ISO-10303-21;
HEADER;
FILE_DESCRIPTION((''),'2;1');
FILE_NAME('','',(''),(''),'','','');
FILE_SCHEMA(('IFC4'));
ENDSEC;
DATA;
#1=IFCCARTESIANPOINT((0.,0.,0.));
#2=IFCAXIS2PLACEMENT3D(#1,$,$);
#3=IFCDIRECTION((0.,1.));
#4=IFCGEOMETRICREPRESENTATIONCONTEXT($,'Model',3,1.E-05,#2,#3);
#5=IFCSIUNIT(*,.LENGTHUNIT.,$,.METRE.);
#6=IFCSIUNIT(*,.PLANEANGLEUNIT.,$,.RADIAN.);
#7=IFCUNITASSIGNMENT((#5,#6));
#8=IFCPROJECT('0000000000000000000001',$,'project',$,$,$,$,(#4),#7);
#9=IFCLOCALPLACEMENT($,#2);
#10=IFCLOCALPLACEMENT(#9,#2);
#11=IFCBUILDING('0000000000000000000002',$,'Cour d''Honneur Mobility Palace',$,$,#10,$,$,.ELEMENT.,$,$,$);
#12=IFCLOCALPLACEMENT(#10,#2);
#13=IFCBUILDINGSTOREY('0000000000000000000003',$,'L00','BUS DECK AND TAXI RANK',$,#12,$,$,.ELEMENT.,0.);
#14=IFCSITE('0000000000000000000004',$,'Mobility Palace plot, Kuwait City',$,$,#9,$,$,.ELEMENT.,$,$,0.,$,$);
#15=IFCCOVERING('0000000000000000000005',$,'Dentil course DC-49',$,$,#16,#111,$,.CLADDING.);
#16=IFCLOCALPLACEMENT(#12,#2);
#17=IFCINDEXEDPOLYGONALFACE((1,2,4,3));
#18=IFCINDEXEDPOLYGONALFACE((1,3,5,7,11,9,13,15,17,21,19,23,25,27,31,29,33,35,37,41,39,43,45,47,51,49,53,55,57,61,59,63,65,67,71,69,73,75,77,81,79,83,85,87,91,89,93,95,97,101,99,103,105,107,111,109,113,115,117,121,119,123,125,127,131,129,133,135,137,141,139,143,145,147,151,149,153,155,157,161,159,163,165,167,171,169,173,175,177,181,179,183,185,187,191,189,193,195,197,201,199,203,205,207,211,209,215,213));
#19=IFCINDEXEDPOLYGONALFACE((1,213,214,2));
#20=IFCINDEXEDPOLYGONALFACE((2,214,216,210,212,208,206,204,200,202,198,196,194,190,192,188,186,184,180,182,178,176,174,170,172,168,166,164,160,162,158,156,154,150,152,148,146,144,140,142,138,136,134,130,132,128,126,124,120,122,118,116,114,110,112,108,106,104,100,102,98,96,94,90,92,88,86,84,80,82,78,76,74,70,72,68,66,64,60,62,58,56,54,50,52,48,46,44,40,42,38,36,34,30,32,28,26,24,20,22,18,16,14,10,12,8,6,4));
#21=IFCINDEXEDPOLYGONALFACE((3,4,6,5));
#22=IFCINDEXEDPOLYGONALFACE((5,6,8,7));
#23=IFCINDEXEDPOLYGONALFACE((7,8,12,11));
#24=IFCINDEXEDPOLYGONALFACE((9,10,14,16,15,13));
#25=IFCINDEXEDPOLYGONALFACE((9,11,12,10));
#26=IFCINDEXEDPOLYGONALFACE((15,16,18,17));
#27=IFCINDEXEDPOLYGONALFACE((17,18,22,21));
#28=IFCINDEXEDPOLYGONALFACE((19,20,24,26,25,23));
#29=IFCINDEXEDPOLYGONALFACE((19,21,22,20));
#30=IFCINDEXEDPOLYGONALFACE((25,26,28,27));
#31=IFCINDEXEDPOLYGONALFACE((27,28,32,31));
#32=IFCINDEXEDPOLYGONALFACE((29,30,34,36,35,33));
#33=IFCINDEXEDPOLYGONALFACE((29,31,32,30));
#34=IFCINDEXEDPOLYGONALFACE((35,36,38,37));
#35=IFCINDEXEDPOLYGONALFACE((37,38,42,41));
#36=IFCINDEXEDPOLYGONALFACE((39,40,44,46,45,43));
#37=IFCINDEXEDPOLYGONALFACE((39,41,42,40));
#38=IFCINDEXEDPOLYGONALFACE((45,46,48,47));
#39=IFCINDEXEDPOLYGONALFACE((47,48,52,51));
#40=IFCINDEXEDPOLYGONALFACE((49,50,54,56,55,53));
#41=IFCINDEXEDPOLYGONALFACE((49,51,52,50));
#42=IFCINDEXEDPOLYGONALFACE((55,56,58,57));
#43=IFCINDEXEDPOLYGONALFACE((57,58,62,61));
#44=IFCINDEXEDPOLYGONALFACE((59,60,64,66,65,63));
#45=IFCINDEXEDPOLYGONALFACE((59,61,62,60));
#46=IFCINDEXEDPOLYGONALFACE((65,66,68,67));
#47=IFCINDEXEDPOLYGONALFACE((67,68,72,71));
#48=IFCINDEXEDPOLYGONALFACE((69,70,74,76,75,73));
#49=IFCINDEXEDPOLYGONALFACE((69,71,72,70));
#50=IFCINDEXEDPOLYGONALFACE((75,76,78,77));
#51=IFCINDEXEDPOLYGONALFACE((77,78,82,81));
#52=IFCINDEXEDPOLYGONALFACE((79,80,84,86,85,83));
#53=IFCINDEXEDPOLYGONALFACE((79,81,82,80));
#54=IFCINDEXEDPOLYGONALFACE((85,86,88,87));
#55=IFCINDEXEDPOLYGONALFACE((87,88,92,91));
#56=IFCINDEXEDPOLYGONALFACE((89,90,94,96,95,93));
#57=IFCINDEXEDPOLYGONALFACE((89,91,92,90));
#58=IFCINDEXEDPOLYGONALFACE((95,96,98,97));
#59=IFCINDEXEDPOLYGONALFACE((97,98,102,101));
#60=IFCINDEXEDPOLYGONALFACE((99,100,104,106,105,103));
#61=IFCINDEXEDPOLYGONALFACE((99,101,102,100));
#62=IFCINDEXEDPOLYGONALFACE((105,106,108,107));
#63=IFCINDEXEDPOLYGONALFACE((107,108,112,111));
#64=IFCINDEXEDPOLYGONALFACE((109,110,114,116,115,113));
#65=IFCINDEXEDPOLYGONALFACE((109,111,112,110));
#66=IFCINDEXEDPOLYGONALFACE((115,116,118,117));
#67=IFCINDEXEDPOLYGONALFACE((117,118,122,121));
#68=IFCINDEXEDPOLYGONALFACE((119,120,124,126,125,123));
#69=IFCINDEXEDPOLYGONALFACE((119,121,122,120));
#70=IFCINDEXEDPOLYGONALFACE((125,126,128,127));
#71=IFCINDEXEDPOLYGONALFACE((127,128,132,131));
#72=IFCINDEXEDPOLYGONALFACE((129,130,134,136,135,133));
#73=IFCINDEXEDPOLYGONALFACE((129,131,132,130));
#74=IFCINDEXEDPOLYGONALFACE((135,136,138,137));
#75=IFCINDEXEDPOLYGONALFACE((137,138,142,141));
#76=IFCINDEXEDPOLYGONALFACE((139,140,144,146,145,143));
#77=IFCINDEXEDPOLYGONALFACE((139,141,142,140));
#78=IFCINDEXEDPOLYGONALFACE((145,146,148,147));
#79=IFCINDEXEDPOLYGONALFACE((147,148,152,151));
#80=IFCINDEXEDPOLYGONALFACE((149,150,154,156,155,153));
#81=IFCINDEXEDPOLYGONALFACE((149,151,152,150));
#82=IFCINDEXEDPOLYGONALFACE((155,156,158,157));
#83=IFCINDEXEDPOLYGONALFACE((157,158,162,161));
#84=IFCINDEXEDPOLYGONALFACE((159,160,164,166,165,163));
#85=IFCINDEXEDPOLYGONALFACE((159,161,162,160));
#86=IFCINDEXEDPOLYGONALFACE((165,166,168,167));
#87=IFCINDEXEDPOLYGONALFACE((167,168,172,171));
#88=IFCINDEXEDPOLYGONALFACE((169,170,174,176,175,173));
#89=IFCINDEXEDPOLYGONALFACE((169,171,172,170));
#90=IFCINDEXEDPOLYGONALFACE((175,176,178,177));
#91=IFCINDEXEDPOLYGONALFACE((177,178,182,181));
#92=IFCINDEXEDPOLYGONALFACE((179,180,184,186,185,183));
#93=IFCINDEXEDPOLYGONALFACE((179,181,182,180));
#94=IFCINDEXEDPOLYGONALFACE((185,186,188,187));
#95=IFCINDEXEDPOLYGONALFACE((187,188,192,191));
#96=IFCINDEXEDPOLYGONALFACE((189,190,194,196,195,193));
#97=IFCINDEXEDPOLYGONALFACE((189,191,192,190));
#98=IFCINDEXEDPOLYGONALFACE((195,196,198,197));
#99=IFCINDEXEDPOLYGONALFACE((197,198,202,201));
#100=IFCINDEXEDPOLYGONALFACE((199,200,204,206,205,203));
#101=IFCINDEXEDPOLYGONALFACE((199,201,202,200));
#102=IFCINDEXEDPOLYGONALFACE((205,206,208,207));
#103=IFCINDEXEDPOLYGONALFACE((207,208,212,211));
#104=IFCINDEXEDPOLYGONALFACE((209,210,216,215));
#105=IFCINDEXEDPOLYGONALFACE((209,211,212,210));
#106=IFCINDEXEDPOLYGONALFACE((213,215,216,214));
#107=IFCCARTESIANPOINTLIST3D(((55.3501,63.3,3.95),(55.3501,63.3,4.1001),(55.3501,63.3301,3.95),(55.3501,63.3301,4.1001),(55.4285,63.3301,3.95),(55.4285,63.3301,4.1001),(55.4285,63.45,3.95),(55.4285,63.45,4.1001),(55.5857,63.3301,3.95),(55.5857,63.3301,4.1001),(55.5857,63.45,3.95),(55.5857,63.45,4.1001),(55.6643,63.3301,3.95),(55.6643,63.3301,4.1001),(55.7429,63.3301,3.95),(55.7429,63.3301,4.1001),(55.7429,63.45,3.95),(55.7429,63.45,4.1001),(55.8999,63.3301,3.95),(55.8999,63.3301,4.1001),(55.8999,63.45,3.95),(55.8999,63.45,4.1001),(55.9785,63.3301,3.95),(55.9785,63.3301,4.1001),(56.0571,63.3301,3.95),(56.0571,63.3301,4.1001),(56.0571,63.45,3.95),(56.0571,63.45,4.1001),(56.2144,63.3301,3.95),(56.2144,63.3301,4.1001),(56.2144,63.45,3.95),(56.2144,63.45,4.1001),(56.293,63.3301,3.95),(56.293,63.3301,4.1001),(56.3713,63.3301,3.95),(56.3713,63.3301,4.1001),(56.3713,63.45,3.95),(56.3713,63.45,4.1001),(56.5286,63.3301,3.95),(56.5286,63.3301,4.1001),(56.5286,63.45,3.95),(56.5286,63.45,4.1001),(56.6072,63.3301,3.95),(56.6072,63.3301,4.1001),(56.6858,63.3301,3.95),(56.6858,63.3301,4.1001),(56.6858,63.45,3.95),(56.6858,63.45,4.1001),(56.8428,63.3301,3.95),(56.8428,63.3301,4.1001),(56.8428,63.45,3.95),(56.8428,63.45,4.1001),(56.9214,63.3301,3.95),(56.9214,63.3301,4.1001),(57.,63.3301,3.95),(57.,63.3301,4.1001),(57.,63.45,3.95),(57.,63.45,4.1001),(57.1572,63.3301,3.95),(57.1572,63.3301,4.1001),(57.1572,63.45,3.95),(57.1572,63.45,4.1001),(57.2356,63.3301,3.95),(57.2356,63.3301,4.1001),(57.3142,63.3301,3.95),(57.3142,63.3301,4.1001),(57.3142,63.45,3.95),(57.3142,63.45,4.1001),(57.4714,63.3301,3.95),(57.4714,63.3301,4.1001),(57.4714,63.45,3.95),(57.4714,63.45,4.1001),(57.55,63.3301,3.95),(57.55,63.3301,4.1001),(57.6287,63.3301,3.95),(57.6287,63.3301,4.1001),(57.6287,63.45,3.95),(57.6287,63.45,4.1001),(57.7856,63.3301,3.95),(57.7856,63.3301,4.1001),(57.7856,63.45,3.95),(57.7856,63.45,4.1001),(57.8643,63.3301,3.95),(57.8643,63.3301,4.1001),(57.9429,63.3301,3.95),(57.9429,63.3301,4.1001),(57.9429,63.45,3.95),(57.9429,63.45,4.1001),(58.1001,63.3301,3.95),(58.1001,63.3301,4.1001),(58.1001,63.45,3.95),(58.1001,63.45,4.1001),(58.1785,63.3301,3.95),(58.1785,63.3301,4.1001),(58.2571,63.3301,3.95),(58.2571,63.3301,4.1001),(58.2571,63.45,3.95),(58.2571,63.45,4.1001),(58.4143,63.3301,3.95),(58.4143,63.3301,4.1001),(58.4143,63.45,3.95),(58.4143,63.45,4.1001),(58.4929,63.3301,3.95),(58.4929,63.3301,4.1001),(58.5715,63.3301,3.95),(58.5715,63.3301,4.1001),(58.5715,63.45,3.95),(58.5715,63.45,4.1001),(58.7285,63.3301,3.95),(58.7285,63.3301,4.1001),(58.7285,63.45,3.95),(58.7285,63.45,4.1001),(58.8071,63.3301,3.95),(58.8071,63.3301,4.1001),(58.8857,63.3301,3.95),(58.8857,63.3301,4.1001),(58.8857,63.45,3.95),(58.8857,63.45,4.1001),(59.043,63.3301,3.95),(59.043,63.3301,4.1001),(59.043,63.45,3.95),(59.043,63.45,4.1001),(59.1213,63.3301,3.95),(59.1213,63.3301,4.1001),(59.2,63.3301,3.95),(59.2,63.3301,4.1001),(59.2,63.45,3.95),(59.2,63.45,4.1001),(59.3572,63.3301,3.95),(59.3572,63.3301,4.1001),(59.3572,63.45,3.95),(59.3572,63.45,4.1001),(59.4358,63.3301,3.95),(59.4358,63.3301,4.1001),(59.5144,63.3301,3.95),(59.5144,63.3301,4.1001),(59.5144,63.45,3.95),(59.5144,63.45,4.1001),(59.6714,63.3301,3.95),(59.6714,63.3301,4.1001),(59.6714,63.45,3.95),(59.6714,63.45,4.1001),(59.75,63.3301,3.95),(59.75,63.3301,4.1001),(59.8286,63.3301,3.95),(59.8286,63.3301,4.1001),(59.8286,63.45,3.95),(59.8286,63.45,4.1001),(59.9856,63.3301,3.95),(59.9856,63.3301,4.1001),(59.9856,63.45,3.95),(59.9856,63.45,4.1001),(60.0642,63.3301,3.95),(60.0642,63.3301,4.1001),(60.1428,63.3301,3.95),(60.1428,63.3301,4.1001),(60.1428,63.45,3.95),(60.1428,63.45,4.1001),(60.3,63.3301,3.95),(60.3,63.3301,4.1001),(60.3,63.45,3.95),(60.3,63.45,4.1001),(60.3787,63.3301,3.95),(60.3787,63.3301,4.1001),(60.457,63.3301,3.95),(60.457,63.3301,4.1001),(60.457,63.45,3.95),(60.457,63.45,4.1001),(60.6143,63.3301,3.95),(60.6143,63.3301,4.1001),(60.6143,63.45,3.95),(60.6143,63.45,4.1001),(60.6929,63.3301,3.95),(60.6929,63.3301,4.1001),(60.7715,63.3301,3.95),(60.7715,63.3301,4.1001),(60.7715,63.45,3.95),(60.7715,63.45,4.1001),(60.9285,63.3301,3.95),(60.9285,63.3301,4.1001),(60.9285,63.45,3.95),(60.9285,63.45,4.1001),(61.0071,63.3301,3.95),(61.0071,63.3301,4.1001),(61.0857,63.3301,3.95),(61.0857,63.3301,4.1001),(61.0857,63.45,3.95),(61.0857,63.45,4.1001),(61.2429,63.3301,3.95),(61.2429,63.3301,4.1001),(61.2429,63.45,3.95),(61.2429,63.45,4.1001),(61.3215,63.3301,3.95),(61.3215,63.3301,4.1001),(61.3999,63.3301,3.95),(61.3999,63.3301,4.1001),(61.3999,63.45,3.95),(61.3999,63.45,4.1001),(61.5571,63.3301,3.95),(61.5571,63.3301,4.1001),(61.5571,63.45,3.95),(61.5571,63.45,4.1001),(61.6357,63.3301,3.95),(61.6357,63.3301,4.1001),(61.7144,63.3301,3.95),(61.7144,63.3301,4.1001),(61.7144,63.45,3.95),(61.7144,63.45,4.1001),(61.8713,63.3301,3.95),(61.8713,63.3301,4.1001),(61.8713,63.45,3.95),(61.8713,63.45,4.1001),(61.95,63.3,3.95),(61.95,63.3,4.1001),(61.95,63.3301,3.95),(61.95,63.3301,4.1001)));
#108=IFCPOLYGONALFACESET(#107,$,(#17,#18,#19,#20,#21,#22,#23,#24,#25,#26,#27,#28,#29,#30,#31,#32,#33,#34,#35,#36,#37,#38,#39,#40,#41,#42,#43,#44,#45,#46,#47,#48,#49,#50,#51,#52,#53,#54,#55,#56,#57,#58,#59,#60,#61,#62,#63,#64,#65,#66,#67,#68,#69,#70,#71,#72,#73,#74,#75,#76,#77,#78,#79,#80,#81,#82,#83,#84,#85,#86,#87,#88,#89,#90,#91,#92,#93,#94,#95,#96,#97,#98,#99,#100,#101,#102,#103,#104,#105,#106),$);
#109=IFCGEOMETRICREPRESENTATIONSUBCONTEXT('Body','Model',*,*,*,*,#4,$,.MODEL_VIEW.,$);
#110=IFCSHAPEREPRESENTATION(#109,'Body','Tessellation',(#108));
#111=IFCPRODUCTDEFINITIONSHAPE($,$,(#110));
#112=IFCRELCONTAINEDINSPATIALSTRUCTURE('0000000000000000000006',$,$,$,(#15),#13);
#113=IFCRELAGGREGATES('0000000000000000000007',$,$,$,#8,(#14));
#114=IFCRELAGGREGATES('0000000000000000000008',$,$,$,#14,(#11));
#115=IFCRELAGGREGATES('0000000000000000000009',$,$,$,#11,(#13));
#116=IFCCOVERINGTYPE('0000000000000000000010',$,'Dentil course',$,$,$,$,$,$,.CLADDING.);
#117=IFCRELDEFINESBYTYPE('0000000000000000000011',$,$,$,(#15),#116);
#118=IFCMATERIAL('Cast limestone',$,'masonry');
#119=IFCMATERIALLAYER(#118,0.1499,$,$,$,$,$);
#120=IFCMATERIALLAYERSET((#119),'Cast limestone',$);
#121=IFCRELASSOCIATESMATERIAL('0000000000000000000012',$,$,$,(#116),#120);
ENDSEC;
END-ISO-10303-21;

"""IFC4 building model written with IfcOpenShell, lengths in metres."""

from ifc_helpers import new_model, si_unit, direction, frame, origin, place, context, subcontext, project, spatial, polyline, outline, extrude, material, layer, layer_set, type_object, element, save


model = new_model("IFC4")

# Units and contexts
model_context = context("Model", 3, precision=1e-05, world=origin(), true_north=direction((0.0, 1.0)))
body_context = subcontext(model_context, "Body", "Model", "MODEL_VIEW")
ifc_project = project(units=[si_unit("LENGTHUNIT", "METRE"), si_unit("PLANEANGLEUNIT", "RADIAN")], contexts=[model_context])

# Site, building, storey
site_placement = place(None, origin())
site = spatial("IfcSite", under=ifc_project, at=site_placement, Name="Mobility Palace plot, Kuwait City", CompositionType="ELEMENT", RefElevation=0.0)
building_placement = place(site_placement, origin())
building = spatial("IfcBuilding", under=site, at=building_placement, Name="Cour d'Honneur Mobility Palace", CompositionType="ELEMENT")
storey_placement = place(building_placement, origin())
storey = spatial("IfcBuildingStorey", under=building, at=storey_placement, Name="L00", Description="BUS DECK AND TAXI RANK", CompositionType="ELEMENT", Elevation=0.0)

# Covering
ifc_material = material(Name="Cast limestone", Category="masonry")
ifc_layer = layer(ifc_material, 0.1499)
ifc_layer_set = layer_set([ifc_layer], Name="Cast limestone")
covering_type = type_object("IfcCoveringType", Name="Dentil course", PredefinedType="CLADDING", material=ifc_layer_set)
covering_1_placement = place(storey_placement, frame((0.0, 0.0, 3.95)))
element("IfcCovering", 1, at=covering_1_placement, inside=storey, type_object=covering_type, Name="Dentil course DC-49", PredefinedType="CLADDING", context=body_context, shape_type="SweptSolid", body=[
    extrude(outline(polyline([(61.95, 63.3), (55.3501, 63.3), (55.3501, 63.3301), (55.3501, 63.3301), (55.4285, 63.3301), (55.4285, 63.45), (55.5857, 63.45), (55.5857, 63.3301), (55.6643, 63.3301), (55.6643, 63.3301), (55.7429, 63.3301), (55.7429, 63.45), (55.8999, 63.45), (55.8999, 63.3301), (55.9785, 63.3301), (55.9785, 63.3301), (56.0571, 63.3301), (56.0571, 63.45), (56.2144, 63.45), (56.2144, 63.3301), (56.293, 63.3301), (56.293, 63.3301), (56.3713, 63.3301), (56.3713, 63.45), (56.5286, 63.45), (56.5286, 63.3301), (56.6072, 63.3301), (56.6072, 63.3301), (56.6858, 63.3301), (56.6858, 63.45), (56.8428, 63.45), (56.8428, 63.3301), (56.9214, 63.3301), (56.9214, 63.3301), (57.0, 63.3301), (57.0, 63.45), (57.1572, 63.45), (57.1572, 63.3301), (57.2356, 63.3301), (57.2356, 63.3301), (57.3142, 63.3301), (57.3142, 63.45), (57.4714, 63.45), (57.4714, 63.3301), (57.55, 63.3301), (57.55, 63.3301), (57.6287, 63.3301), (57.6287, 63.45), (57.7856, 63.45), (57.7856, 63.3301), (57.8643, 63.3301), (57.8643, 63.3301), (57.9429, 63.3301), (57.9429, 63.45), (58.1001, 63.45), (58.1001, 63.3301), (58.1785, 63.3301), (58.1785, 63.3301), (58.2571, 63.3301), (58.2571, 63.45), (58.4143, 63.45), (58.4143, 63.3301), (58.4929, 63.3301), (58.4929, 63.3301), (58.5715, 63.3301), (58.5715, 63.45), (58.7285, 63.45), (58.7285, 63.3301), (58.8071, 63.3301), (58.8071, 63.3301), (58.8857, 63.3301), (58.8857, 63.45), (59.043, 63.45), (59.043, 63.3301), (59.1213, 63.3301), (59.1213, 63.3301), (59.2, 63.3301), (59.2, 63.45), (59.3572, 63.45), (59.3572, 63.3301), (59.4358, 63.3301), (59.4358, 63.3301), (59.5144, 63.3301), (59.5144, 63.45), (59.6714, 63.45), (59.6714, 63.3301), (59.75, 63.3301), (59.75, 63.3301), (59.8286, 63.3301), (59.8286, 63.45), (59.9856, 63.45), (59.9856, 63.3301), (60.0642, 63.3301), (60.0642, 63.3301), (60.1428, 63.3301), (60.1428, 63.45), (60.3, 63.45), (60.3, 63.3301), (60.3787, 63.3301), (60.3787, 63.3301), (60.457, 63.3301), (60.457, 63.45), (60.6143, 63.45), (60.6143, 63.3301), (60.6929, 63.3301), (60.6929, 63.3301), (60.7715, 63.3301), (60.7715, 63.45), (60.9285, 63.45), (60.9285, 63.3301), (61.0071, 63.3301), (61.0071, 63.3301), (61.0857, 63.3301), (61.0857, 63.45), (61.2429, 63.45), (61.2429, 63.3301), (61.3215, 63.3301), (61.3215, 63.3301), (61.3999, 63.3301), (61.3999, 63.45), (61.5571, 63.45), (61.5571, 63.3301), (61.6357, 63.3301), (61.6357, 63.3301), (61.7144, 63.3301), (61.7144, 63.45), (61.8713, 63.45), (61.8713, 63.3301), (61.95, 63.3301), (61.95, 63.3)])), origin(), (0.0, 0.0, 1.0), 0.1501),
])

save(model, "model.ifc")
